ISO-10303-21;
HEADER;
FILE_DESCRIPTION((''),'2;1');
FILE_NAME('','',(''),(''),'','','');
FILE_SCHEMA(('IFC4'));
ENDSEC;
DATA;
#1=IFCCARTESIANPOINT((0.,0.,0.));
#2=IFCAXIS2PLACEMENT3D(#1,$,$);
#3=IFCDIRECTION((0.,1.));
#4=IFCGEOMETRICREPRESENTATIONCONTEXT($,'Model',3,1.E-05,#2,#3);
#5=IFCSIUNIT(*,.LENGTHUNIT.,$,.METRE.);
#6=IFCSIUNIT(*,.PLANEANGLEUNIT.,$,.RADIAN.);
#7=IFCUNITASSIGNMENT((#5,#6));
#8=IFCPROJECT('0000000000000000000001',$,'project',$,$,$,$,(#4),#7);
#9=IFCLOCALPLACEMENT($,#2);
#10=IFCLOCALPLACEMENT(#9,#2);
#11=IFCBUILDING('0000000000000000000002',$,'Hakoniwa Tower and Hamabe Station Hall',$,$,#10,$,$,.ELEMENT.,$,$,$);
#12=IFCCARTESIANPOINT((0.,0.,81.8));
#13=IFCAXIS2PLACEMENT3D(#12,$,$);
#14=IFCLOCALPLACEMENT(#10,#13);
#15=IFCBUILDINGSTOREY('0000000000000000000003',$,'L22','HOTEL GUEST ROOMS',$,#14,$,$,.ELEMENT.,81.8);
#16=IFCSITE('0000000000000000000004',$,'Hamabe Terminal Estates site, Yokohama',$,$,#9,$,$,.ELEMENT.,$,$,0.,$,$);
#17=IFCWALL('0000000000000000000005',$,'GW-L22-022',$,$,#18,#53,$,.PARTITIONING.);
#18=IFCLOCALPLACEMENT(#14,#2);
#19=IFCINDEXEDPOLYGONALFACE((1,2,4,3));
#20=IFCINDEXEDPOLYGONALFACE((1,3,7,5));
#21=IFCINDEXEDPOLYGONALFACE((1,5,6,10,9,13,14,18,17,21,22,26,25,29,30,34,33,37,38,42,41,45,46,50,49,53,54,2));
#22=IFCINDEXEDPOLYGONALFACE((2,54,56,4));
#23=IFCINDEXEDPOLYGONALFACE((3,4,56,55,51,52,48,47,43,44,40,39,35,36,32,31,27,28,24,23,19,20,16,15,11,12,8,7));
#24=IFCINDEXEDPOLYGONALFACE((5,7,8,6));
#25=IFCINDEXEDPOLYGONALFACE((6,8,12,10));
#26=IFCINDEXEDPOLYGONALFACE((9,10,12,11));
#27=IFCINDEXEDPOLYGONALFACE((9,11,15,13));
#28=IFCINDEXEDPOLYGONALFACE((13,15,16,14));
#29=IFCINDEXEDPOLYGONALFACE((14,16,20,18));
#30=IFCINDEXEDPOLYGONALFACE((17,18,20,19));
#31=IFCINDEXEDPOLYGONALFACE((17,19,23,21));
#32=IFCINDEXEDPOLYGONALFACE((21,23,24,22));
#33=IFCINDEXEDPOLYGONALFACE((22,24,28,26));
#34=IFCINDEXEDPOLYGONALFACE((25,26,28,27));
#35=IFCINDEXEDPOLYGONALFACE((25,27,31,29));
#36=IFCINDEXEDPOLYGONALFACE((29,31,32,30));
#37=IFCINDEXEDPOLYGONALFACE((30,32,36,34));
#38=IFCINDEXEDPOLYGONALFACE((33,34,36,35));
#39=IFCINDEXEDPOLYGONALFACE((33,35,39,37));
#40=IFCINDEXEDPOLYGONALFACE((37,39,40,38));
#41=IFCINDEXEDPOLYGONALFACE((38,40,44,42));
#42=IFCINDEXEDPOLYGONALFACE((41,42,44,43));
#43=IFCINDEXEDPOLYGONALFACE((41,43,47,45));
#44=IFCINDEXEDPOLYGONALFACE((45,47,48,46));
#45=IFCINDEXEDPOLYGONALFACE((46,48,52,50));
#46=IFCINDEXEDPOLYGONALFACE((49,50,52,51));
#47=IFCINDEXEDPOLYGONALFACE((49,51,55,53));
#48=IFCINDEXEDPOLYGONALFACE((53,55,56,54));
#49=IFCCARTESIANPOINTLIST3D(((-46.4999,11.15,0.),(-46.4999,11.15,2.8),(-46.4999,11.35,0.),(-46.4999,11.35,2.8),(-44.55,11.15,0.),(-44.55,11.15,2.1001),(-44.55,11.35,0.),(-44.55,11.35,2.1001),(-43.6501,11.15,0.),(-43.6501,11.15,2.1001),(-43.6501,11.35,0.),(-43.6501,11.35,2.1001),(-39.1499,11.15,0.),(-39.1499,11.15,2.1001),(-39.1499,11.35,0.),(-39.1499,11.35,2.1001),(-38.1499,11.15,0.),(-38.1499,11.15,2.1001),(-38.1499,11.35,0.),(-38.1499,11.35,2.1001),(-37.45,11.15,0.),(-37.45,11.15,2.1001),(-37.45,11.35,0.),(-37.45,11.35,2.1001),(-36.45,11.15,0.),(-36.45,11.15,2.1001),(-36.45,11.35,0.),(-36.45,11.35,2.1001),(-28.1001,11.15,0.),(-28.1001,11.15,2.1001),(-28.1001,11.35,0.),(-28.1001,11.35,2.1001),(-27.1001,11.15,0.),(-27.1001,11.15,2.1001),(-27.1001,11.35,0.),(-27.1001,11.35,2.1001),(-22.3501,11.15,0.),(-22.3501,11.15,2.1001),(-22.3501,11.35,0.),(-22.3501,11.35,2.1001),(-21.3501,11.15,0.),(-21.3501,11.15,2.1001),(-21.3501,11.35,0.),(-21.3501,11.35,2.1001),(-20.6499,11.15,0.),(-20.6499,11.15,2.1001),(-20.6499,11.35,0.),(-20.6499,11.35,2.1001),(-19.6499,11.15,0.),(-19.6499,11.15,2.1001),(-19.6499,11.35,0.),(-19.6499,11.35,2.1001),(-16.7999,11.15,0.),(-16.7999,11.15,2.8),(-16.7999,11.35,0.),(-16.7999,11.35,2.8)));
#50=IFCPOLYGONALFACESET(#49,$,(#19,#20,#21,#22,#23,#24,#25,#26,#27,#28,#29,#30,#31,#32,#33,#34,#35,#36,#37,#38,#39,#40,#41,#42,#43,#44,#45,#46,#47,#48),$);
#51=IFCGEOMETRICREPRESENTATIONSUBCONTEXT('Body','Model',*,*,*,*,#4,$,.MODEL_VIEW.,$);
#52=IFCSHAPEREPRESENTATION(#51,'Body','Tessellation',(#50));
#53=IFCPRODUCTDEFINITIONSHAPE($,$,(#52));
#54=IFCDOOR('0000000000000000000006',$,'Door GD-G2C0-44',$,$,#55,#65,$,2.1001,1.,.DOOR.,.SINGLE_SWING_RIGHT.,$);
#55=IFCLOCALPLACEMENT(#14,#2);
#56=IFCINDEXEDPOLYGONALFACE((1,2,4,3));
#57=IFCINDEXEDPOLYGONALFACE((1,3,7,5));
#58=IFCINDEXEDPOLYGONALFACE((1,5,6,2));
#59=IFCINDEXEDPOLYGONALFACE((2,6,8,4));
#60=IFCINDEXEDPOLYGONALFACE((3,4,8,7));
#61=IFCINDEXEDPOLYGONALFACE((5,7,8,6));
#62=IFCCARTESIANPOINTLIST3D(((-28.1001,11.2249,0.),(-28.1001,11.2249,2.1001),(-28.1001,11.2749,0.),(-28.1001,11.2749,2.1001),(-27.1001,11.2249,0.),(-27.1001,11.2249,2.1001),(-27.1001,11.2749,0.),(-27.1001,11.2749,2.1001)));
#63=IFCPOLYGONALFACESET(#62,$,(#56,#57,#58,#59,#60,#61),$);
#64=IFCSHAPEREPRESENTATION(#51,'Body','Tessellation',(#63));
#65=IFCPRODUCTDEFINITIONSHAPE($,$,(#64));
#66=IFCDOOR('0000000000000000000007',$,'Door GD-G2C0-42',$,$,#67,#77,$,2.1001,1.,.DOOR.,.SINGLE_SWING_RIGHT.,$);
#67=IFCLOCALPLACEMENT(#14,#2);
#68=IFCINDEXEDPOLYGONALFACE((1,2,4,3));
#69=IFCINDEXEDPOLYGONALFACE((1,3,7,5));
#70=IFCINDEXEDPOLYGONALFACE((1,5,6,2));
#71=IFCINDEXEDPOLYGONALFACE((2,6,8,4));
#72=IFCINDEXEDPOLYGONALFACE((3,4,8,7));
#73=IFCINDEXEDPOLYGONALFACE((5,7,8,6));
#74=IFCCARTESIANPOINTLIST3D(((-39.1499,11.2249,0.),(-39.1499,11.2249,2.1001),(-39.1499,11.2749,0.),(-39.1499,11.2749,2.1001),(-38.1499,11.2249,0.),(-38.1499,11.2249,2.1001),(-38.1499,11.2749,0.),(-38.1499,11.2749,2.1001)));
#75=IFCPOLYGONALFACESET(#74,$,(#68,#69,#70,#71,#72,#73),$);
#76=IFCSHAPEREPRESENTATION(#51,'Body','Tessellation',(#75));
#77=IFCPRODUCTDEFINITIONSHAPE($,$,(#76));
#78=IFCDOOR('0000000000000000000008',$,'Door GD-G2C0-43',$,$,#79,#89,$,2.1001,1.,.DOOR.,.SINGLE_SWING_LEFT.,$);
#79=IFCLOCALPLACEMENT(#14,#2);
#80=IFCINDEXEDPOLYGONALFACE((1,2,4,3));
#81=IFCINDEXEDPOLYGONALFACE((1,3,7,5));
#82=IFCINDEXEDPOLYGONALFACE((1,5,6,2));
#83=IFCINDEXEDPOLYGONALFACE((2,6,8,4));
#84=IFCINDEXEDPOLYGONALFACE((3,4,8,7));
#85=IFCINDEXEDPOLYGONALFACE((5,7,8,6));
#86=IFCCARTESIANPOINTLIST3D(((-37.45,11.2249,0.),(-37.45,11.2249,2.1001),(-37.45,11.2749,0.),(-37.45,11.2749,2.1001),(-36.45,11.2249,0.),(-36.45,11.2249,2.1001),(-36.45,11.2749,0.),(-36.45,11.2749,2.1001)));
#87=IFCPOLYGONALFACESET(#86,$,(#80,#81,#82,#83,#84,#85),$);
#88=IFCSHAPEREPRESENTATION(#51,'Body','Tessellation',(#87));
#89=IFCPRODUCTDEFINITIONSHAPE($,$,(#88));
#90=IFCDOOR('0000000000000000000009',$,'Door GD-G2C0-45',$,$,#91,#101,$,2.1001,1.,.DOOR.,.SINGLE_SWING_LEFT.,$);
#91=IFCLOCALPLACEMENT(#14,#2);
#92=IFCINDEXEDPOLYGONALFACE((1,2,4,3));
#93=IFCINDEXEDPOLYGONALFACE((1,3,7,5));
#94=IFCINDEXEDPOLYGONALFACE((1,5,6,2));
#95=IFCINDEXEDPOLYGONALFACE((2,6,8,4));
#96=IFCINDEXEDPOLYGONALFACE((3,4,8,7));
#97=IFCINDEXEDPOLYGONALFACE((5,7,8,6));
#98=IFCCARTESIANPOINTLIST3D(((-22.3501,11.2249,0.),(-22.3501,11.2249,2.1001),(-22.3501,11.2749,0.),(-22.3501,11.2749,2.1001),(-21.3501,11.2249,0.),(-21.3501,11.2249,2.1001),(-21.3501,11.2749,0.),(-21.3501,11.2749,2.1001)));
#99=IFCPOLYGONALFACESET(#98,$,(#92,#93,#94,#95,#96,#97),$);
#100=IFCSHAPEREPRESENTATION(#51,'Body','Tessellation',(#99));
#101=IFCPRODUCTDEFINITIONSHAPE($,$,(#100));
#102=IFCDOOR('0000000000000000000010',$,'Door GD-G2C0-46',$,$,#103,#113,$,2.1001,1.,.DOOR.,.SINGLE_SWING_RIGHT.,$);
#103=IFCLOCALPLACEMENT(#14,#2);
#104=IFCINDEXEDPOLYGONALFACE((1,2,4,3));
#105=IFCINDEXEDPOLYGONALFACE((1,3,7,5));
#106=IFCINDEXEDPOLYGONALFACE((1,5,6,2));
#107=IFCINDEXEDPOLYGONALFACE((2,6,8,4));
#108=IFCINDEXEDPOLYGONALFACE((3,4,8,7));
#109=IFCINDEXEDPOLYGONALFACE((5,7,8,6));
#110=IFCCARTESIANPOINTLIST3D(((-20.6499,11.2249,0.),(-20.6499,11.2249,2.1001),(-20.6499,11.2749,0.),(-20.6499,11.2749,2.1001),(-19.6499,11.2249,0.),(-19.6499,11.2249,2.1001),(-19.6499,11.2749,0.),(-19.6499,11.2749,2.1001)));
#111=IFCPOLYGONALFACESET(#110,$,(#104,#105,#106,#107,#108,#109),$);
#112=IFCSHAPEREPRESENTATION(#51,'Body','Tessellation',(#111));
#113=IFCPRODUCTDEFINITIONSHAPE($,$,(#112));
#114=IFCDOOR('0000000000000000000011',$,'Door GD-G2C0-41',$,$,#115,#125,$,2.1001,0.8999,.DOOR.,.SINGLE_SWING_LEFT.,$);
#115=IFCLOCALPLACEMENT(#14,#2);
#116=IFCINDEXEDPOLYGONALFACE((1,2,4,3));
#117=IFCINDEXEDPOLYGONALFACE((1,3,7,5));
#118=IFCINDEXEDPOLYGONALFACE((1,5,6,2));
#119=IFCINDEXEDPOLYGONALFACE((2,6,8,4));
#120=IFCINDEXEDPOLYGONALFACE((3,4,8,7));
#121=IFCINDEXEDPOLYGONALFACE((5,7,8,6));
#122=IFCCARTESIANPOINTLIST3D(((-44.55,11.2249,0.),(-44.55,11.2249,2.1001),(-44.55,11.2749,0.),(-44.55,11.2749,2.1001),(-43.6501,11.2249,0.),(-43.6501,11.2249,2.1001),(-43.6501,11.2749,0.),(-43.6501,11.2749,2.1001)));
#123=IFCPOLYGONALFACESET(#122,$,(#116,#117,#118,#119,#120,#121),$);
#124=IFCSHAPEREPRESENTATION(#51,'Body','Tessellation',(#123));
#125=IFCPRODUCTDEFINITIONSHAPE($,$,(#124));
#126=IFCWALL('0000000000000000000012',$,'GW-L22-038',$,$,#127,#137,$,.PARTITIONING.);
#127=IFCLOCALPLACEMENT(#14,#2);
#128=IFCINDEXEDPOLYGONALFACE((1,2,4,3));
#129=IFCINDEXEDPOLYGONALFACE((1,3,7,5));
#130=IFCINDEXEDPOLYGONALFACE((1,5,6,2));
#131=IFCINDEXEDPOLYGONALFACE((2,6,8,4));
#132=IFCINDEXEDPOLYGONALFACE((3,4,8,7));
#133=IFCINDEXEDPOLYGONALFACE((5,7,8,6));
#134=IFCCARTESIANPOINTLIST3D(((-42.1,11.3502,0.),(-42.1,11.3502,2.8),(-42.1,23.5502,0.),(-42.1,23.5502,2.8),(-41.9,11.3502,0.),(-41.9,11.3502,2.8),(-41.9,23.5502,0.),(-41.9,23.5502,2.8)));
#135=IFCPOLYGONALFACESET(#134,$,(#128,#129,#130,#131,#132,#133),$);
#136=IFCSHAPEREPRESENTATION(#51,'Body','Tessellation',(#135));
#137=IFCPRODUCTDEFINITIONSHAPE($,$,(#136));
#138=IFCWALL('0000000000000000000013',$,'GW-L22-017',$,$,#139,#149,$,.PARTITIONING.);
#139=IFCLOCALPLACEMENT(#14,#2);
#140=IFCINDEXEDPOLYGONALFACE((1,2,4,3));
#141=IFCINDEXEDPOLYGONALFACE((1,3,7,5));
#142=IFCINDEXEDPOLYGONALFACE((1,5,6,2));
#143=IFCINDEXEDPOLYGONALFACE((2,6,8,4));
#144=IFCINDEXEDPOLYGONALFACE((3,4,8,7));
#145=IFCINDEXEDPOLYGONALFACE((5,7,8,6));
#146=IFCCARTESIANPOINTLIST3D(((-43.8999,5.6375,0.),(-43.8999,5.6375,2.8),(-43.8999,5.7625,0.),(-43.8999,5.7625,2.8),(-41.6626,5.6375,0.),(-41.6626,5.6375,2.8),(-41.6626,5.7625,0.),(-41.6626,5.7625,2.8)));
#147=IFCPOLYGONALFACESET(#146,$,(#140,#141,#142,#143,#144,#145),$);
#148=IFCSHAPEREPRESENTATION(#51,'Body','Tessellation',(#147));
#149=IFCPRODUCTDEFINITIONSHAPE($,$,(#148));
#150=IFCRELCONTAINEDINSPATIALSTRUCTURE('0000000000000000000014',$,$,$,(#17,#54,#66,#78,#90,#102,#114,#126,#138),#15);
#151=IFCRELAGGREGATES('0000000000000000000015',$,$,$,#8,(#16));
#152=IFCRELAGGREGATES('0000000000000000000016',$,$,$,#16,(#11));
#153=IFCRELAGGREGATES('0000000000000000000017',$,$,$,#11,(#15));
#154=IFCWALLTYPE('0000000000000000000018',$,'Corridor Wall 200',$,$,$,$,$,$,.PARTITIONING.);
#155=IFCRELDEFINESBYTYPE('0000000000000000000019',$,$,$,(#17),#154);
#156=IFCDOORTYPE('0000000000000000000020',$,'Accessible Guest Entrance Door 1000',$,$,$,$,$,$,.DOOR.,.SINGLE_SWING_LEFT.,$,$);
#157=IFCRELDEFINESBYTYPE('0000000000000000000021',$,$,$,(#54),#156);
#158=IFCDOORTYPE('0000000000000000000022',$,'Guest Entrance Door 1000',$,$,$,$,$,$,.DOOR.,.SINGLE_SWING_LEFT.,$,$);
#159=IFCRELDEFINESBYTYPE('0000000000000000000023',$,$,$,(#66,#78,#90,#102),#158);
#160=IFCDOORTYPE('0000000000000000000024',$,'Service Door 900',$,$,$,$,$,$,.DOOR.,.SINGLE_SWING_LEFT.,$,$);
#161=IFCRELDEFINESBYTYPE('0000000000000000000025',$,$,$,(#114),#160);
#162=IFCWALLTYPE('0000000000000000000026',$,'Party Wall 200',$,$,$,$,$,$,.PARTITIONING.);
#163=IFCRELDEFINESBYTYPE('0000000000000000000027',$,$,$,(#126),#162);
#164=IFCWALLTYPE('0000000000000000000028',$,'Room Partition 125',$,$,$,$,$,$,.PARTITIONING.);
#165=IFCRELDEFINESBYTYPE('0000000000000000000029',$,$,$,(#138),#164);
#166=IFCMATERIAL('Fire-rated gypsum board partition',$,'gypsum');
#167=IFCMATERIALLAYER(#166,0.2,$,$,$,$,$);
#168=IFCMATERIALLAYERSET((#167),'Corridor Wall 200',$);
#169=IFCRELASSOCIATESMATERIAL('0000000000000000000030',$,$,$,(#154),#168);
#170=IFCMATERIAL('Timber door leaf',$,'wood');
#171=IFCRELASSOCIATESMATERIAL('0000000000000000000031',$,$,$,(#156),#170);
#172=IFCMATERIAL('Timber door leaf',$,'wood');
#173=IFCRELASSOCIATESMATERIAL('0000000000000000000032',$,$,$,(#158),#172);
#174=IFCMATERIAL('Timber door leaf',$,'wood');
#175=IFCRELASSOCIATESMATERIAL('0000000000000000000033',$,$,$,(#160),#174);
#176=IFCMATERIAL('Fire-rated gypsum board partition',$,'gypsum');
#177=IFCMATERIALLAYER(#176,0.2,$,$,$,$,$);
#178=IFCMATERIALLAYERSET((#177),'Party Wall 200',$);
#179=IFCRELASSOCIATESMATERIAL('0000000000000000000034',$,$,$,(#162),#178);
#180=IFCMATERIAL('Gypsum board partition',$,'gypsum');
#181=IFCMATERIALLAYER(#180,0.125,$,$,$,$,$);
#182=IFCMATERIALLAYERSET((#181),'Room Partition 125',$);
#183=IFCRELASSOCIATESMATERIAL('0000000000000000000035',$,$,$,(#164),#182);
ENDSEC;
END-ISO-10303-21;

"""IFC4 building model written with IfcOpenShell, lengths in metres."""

from ifc_helpers import new_model, si_unit, direction, frame, frame_2d, origin, place, context, subcontext, project, spatial, rectangle, extrude, material, layer, layer_set, type_object, element, fill, save


model = new_model("IFC4")

# Units and contexts
model_context = context("Model", 3, precision=1e-05, world=origin(), true_north=direction((0.0, 1.0)))
body_context = subcontext(model_context, "Body", "Model", "MODEL_VIEW")
ifc_project = project(units=[si_unit("LENGTHUNIT", "METRE"), si_unit("PLANEANGLEUNIT", "RADIAN")], contexts=[model_context])

# Site, building, storey
site_placement = place(None, origin())
site = spatial("IfcSite", under=ifc_project, at=site_placement, Name="Hamabe Terminal Estates site, Yokohama", CompositionType="ELEMENT", RefElevation=0.0)
building_placement = place(site_placement, origin())
building = spatial("IfcBuilding", under=site, at=building_placement, Name="Hakoniwa Tower and Hamabe Station Hall", CompositionType="ELEMENT")
storey_placement = place(building_placement, frame((0.0, 0.0, 81.8)))
storey = spatial("IfcBuildingStorey", under=building, at=storey_placement, Name="L22", Description="HOTEL GUEST ROOMS", CompositionType="ELEMENT", Elevation=81.8)

# Shared definitions
ifc_material_1 = material(Name="Fire-rated gypsum board partition", Category="gypsum")
ifc_layer_1 = layer(ifc_material_1, 0.2)
ifc_layer_set_1 = layer_set([ifc_layer_1], Name="Corridor Wall 200")
wall_type_1 = type_object("IfcWallType", Name="Corridor Wall 200", PredefinedType="PARTITIONING", material=ifc_layer_set_1)

# Wall, openings, doors
wall_1_placement = place(storey_placement, frame((-46.5, 11.25, 0.0), z_axis=(0.0, 0.0, 1.0), x_axis=(1.0, 0.0, 0.0)))
wall_1 = element("IfcWall", 1, at=wall_1_placement, inside=storey, type_object=wall_type_1, Name="GW-L22-022", PredefinedType="PARTITIONING", context=body_context, shape_type="SweptSolid", body=[
    extrude(rectangle(XDim=29.7, YDim=0.2, at=frame_2d((14.8501, 0.0))), origin(), (0.0, 0.0, 1.0), 2.8),
])
opening_1_placement = place(wall_1_placement, frame((1.95, 0.0, 0.0)))
opening_1 = element("IfcOpeningElement", 2, at=opening_1_placement, cuts=wall_1, PredefinedType="OPENING", context=body_context, shape_type="SweptSolid", body=[
    extrude(rectangle(XDim=0.8999, YDim=2.1001, at=frame_2d((0.45, 1.05))), frame((0.0, 0.1099, 0.0), z_axis=(0.0, -1.0, 0.0), x_axis=(1.0, 0.0, 0.0)), (0.0, 0.0, 1.0), 0.22),
])
opening_2_placement = place(wall_1_placement, frame((7.3501, 0.0, 0.0)))
opening_2 = element("IfcOpeningElement", 3, at=opening_2_placement, cuts=wall_1, PredefinedType="OPENING", context=body_context, shape_type="SweptSolid", body=[
    extrude(rectangle(XDim=1.0, YDim=2.1001, at=frame_2d((0.5, 1.05))), frame((0.0, 0.1099, 0.0), z_axis=(0.0, -1.0, 0.0), x_axis=(1.0, 0.0, 0.0)), (0.0, 0.0, 1.0), 0.22),
])
opening_3_placement = place(wall_1_placement, frame((9.05, 0.0, 0.0)))
opening_3 = element("IfcOpeningElement", 4, at=opening_3_placement, cuts=wall_1, PredefinedType="OPENING", context=body_context, shape_type="SweptSolid", body=[
    extrude(rectangle(XDim=1.0, YDim=2.1001, at=frame_2d((0.5, 1.05))), frame((0.0, 0.1099, 0.0), z_axis=(0.0, -1.0, 0.0), x_axis=(1.0, 0.0, 0.0)), (0.0, 0.0, 1.0), 0.22),
])
opening_4_placement = place(wall_1_placement, frame((18.3999, 0.0, 0.0)))
opening_4 = element("IfcOpeningElement", 5, at=opening_4_placement, cuts=wall_1, PredefinedType="OPENING", context=body_context, shape_type="SweptSolid", body=[
    extrude(rectangle(XDim=1.0, YDim=2.1001, at=frame_2d((0.5, 1.05))), frame((0.0, 0.1099, 0.0), z_axis=(0.0, -1.0, 0.0), x_axis=(1.0, 0.0, 0.0)), (0.0, 0.0, 1.0), 0.22),
])
opening_5_placement = place(wall_1_placement, frame((24.1499, 0.0, 0.0)))
opening_5 = element("IfcOpeningElement", 6, at=opening_5_placement, cuts=wall_1, PredefinedType="OPENING", context=body_context, shape_type="SweptSolid", body=[
    extrude(rectangle(XDim=1.0, YDim=2.1001, at=frame_2d((0.5, 1.05))), frame((0.0, 0.1099, 0.0), z_axis=(0.0, -1.0, 0.0), x_axis=(1.0, 0.0, 0.0)), (0.0, 0.0, 1.0), 0.22),
])
opening_6_placement = place(wall_1_placement, frame((25.8501, 0.0, 0.0)))
opening_6 = element("IfcOpeningElement", 7, at=opening_6_placement, cuts=wall_1, PredefinedType="OPENING", context=body_context, shape_type="SweptSolid", body=[
    extrude(rectangle(XDim=1.0, YDim=2.1001, at=frame_2d((0.5, 1.05))), frame((0.0, 0.1099, 0.0), z_axis=(0.0, -1.0, 0.0), x_axis=(1.0, 0.0, 0.0)), (0.0, 0.0, 1.0), 0.22),
])
ifc_material_2 = material(Name="Timber door leaf", Category="wood")
door_type_1 = type_object("IfcDoorType", Name="Accessible Guest Entrance Door 1000", OperationType="SINGLE_SWING_LEFT", PredefinedType="DOOR", material=ifc_material_2)
door_1_placement = place(opening_4_placement, origin())
door_1 = element("IfcDoor", 8, at=door_1_placement, inside=storey, type_object=door_type_1, Name="Door GD-G2C0-44", OperationType="SINGLE_SWING_RIGHT", OverallHeight=2.1001, OverallWidth=1.0, PredefinedType="DOOR", context=body_context, shape_type="SweptSolid", body=[
    extrude(rectangle(XDim=1.0, YDim=2.1001, at=frame_2d((0.5, 1.05))), frame((0.0, 0.0249, 0.0), z_axis=(0.0, -1.0, 0.0), x_axis=(1.0, 0.0, 0.0)), (0.0, 0.0, 1.0), 0.05),
])
fill(opening_4, door_1)
ifc_material_3 = material(Name="Timber door leaf", Category="wood")
door_type_2 = type_object("IfcDoorType", Name="Guest Entrance Door 1000", OperationType="SINGLE_SWING_LEFT", PredefinedType="DOOR", material=ifc_material_3)
door_2_placement = place(opening_2_placement, origin())
door_2 = element("IfcDoor", 9, at=door_2_placement, inside=storey, type_object=door_type_2, Name="Door GD-G2C0-42", OperationType="SINGLE_SWING_RIGHT", OverallHeight=2.1001, OverallWidth=1.0, PredefinedType="DOOR", context=body_context, shape_type="SweptSolid", body=[
    extrude(rectangle(XDim=1.0, YDim=2.1001, at=frame_2d((0.5, 1.05))), frame((0.0, 0.0249, 0.0), z_axis=(0.0, -1.0, 0.0), x_axis=(1.0, 0.0, 0.0)), (0.0, 0.0, 1.0), 0.05),
])
fill(opening_2, door_2)
door_3_placement = place(opening_3_placement, origin())
door_3 = element("IfcDoor", 10, at=door_3_placement, inside=storey, type_object=door_type_2, Name="Door GD-G2C0-43", OperationType="SINGLE_SWING_LEFT", OverallHeight=2.1001, OverallWidth=1.0, PredefinedType="DOOR", context=body_context, shape_type="SweptSolid", body=[
    extrude(rectangle(XDim=1.0, YDim=2.1001, at=frame_2d((0.5, 1.05))), frame((0.0, 0.0249, 0.0), z_axis=(0.0, -1.0, 0.0), x_axis=(1.0, 0.0, 0.0)), (0.0, 0.0, 1.0), 0.05),
])
fill(opening_3, door_3)
door_4_placement = place(opening_5_placement, origin())
door_4 = element("IfcDoor", 11, at=door_4_placement, inside=storey, type_object=door_type_2, Name="Door GD-G2C0-45", OperationType="SINGLE_SWING_LEFT", OverallHeight=2.1001, OverallWidth=1.0, PredefinedType="DOOR", context=body_context, shape_type="SweptSolid", body=[
    extrude(rectangle(XDim=1.0, YDim=2.1001, at=frame_2d((0.5, 1.05))), frame((0.0, 0.0249, 0.0), z_axis=(0.0, -1.0, 0.0), x_axis=(1.0, 0.0, 0.0)), (0.0, 0.0, 1.0), 0.05),
])
fill(opening_5, door_4)
door_5_placement = place(opening_6_placement, origin())
door_5 = element("IfcDoor", 12, at=door_5_placement, inside=storey, type_object=door_type_2, Name="Door GD-G2C0-46", OperationType="SINGLE_SWING_RIGHT", OverallHeight=2.1001, OverallWidth=1.0, PredefinedType="DOOR", context=body_context, shape_type="SweptSolid", body=[
    extrude(rectangle(XDim=1.0, YDim=2.1001, at=frame_2d((0.5, 1.05))), frame((0.0, 0.0249, 0.0), z_axis=(0.0, -1.0, 0.0), x_axis=(1.0, 0.0, 0.0)), (0.0, 0.0, 1.0), 0.05),
])
fill(opening_6, door_5)
ifc_material_4 = material(Name="Timber door leaf", Category="wood")
door_type_3 = type_object("IfcDoorType", Name="Service Door 900", OperationType="SINGLE_SWING_LEFT", PredefinedType="DOOR", material=ifc_material_4)
door_6_placement = place(opening_1_placement, origin())
door_6 = element("IfcDoor", 13, at=door_6_placement, inside=storey, type_object=door_type_3, Name="Door GD-G2C0-41", OperationType="SINGLE_SWING_LEFT", OverallHeight=2.1001, OverallWidth=0.8999, PredefinedType="DOOR", context=body_context, shape_type="SweptSolid", body=[
    extrude(rectangle(XDim=0.8999, YDim=2.1001, at=frame_2d((0.45, 1.05))), frame((0.0, 0.0249, 0.0), z_axis=(0.0, -1.0, 0.0), x_axis=(1.0, 0.0, 0.0)), (0.0, 0.0, 1.0), 0.05),
])
fill(opening_1, door_6)

# Walls
ifc_material_5 = material(Name="Fire-rated gypsum board partition", Category="gypsum")
ifc_layer_2 = layer(ifc_material_5, 0.2)
ifc_layer_set_2 = layer_set([ifc_layer_2], Name="Party Wall 200")
wall_type_2 = type_object("IfcWallType", Name="Party Wall 200", PredefinedType="PARTITIONING", material=ifc_layer_set_2)
wall_2_placement = place(storey_placement, frame((-42.0, 11.3501, 0.0), z_axis=(0.0, 0.0, 1.0), x_axis=(0.0, 1.0, 0.0)))
element("IfcWall", 14, at=wall_2_placement, inside=storey, type_object=wall_type_2, Name="GW-L22-038", PredefinedType="PARTITIONING", context=body_context, shape_type="SweptSolid", body=[
    extrude(rectangle(XDim=12.2, YDim=0.2, at=frame_2d((6.1001, 0.0))), origin(), (0.0, 0.0, 1.0), 2.8),
])
ifc_material_6 = material(Name="Gypsum board partition", Category="gypsum")
ifc_layer_3 = layer(ifc_material_6, 0.125)
ifc_layer_set_3 = layer_set([ifc_layer_3], Name="Room Partition 125")
wall_type_3 = type_object("IfcWallType", Name="Room Partition 125", PredefinedType="PARTITIONING", material=ifc_layer_set_3)
wall_3_placement = place(storey_placement, frame((-43.8999, 5.7, 0.0), z_axis=(0.0, 0.0, 1.0), x_axis=(1.0, 0.0, 0.0)))
element("IfcWall", 15, at=wall_3_placement, inside=storey, type_object=wall_type_3, Name="GW-L22-017", PredefinedType="PARTITIONING", context=body_context, shape_type="SweptSolid", body=[
    extrude(rectangle(XDim=2.2373, YDim=0.125, at=frame_2d((1.1187, 0.0))), origin(), (0.0, 0.0, 1.0), 2.8),
])

save(model, "model.ifc")
